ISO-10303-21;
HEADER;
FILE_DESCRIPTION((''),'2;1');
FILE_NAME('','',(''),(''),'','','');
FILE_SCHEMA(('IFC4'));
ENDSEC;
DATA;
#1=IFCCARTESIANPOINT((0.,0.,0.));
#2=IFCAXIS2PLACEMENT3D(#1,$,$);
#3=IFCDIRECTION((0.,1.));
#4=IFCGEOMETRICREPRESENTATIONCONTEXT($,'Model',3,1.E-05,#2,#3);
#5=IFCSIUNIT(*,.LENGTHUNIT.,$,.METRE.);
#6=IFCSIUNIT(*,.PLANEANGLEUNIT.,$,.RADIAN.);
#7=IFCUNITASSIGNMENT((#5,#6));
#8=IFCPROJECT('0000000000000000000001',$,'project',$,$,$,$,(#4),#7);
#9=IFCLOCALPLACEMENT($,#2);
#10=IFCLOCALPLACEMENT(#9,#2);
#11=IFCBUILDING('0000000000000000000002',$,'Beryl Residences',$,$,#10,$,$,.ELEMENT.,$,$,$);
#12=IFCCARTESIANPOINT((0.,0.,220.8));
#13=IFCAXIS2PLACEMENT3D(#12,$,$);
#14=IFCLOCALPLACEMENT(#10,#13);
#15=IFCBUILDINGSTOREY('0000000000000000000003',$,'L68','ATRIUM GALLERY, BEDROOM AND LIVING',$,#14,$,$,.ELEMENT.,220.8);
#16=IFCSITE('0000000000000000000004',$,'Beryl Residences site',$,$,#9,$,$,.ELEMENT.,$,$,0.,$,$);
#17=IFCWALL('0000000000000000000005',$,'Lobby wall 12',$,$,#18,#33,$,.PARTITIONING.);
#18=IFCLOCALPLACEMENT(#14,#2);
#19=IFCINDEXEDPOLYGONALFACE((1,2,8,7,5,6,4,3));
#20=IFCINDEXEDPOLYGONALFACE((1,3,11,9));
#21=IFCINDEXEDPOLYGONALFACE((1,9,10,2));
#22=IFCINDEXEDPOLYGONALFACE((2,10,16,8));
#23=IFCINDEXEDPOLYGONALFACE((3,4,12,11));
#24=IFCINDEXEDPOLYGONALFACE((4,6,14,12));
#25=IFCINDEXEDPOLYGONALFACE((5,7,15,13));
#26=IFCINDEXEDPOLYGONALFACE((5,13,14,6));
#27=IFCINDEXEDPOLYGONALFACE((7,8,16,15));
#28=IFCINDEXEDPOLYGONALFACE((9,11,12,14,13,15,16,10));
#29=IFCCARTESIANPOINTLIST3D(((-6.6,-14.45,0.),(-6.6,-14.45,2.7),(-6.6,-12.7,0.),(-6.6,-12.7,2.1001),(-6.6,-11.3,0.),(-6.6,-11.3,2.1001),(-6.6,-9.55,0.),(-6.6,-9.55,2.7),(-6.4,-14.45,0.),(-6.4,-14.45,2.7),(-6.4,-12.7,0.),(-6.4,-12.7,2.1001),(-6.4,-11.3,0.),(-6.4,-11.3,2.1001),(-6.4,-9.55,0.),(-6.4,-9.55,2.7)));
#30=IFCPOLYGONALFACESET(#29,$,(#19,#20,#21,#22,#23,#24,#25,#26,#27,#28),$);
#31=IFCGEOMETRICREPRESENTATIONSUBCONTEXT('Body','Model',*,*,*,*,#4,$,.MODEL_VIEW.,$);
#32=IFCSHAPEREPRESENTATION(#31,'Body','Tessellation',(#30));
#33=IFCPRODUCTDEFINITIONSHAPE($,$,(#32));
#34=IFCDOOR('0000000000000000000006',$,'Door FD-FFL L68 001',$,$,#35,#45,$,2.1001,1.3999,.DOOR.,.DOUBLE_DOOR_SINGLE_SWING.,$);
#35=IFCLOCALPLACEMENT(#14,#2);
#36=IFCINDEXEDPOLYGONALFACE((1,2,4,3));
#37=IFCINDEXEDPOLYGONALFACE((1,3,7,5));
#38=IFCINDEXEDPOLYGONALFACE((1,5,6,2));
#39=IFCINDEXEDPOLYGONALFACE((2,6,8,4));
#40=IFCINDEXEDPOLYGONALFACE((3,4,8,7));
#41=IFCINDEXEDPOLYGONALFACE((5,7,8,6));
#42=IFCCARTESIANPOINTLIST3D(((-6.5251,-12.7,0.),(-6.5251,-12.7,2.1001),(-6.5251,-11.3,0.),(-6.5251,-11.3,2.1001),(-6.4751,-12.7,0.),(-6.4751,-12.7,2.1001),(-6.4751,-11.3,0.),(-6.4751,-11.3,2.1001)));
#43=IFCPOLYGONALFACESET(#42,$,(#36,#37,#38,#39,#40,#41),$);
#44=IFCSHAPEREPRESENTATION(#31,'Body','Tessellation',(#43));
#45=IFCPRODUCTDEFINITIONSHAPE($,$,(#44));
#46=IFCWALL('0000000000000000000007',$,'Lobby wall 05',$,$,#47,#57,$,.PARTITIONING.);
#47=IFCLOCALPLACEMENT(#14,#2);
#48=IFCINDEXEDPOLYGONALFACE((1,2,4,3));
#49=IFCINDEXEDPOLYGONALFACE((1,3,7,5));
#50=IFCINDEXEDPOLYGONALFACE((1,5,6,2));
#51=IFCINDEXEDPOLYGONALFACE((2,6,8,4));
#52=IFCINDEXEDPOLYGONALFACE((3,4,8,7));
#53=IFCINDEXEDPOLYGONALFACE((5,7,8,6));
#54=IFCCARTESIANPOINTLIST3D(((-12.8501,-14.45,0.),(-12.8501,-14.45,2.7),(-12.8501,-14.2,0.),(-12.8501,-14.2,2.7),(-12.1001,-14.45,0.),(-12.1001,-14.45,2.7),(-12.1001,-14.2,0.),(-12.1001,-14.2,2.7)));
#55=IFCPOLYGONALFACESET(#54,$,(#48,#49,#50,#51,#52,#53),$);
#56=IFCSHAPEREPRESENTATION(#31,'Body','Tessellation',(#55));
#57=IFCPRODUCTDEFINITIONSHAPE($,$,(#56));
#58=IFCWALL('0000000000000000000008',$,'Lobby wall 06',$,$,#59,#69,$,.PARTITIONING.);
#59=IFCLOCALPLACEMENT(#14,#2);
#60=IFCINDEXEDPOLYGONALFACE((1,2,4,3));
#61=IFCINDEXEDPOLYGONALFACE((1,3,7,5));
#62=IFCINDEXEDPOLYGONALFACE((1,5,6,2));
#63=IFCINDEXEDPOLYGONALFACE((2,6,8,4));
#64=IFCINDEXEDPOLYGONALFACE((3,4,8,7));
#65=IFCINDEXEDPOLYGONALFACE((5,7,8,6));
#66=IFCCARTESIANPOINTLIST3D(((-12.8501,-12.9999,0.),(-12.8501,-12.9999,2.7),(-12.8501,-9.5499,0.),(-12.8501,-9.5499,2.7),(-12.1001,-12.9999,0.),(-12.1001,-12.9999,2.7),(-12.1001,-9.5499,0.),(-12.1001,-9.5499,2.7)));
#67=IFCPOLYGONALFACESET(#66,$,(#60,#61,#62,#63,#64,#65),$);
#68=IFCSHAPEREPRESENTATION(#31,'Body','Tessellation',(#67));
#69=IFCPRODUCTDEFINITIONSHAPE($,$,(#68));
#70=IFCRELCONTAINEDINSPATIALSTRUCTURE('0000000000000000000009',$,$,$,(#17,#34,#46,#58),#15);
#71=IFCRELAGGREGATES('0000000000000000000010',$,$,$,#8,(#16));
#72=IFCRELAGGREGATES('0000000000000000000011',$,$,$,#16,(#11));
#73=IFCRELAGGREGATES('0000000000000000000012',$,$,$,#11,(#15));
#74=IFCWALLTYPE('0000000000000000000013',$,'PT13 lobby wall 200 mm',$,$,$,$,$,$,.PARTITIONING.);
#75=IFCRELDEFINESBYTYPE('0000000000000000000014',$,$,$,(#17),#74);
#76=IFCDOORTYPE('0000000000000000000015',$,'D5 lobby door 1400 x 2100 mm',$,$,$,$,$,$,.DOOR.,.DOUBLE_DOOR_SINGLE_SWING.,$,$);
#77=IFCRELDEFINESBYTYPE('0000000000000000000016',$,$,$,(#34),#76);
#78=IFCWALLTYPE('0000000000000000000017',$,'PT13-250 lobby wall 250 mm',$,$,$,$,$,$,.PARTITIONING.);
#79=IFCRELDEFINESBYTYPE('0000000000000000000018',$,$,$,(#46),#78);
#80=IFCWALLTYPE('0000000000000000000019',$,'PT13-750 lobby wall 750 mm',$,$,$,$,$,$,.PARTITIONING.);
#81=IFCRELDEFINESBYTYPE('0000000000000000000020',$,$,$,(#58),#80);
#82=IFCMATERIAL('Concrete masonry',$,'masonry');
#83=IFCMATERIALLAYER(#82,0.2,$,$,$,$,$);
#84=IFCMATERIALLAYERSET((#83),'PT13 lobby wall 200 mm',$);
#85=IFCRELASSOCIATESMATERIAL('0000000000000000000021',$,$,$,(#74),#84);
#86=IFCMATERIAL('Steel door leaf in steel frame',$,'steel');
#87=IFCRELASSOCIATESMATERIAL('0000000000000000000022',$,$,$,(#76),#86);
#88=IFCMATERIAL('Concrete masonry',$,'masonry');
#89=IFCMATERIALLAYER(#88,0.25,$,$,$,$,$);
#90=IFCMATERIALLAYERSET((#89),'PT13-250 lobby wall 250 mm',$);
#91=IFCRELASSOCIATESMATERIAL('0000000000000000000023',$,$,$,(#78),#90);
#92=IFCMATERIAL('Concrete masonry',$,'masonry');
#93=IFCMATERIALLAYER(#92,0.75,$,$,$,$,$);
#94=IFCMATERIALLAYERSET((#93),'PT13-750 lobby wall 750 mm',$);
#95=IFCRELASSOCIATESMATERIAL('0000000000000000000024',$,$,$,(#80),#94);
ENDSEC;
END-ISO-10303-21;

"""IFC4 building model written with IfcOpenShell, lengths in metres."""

from ifc_helpers import new_model, si_unit, direction, frame, frame_2d, origin, place, context, subcontext, project, spatial, rectangle, extrude, material, layer, layer_set, type_object, element, fill, save


model = new_model("IFC4")

# Units and contexts
model_context = context("Model", 3, precision=1e-05, world=origin(), true_north=direction((0.0, 1.0)))
body_context = subcontext(model_context, "Body", "Model", "MODEL_VIEW")
ifc_project = project(units=[si_unit("LENGTHUNIT", "METRE"), si_unit("PLANEANGLEUNIT", "RADIAN")], contexts=[model_context])

# Site, building, storey
site_placement = place(None, origin())
site = spatial("IfcSite", under=ifc_project, at=site_placement, Name="Beryl Residences site", CompositionType="ELEMENT", RefElevation=0.0)
building_placement = place(site_placement, origin())
building = spatial("IfcBuilding", under=site, at=building_placement, Name="Beryl Residences", CompositionType="ELEMENT")
storey_placement = place(building_placement, frame((0.0, 0.0, 220.8)))
storey = spatial("IfcBuildingStorey", under=building, at=storey_placement, Name="L68", Description="ATRIUM GALLERY, BEDROOM AND LIVING", CompositionType="ELEMENT", Elevation=220.8)

# Wall, opening, door
ifc_material_1 = material(Name="Concrete masonry", Category="masonry")
ifc_layer_1 = layer(ifc_material_1, 0.2)
ifc_layer_set_1 = layer_set([ifc_layer_1], Name="PT13 lobby wall 200 mm")
wall_type_1 = type_object("IfcWallType", Name="PT13 lobby wall 200 mm", PredefinedType="PARTITIONING", material=ifc_layer_set_1)
wall_1_placement = place(storey_placement, frame((-6.5, -14.45, 0.0), z_axis=(0.0, 0.0, 1.0), x_axis=(0.0, 1.0, 0.0)))
wall_1 = element("IfcWall", 1, at=wall_1_placement, inside=storey, type_object=wall_type_1, Name="Lobby wall 12", PredefinedType="PARTITIONING", context=body_context, shape_type="SweptSolid", body=[
    extrude(rectangle(XDim=4.8999, YDim=0.2, at=frame_2d((2.45, 0.0))), origin(), (0.0, 0.0, 1.0), 2.7),
])
opening_1_placement = place(wall_1_placement, frame((3.1499, 0.0, 0.0), z_axis=(0.0, 0.0, 1.0), x_axis=(-1.0, 0.0, 0.0)))
opening_1 = element("IfcOpeningElement", 2, at=opening_1_placement, cuts=wall_1, PredefinedType="OPENING", context=body_context, shape_type="SweptSolid", body=[
    extrude(rectangle(XDim=1.3999, YDim=2.1001, at=frame_2d((0.7, 1.05))), frame((0.0, 0.1099, 0.0), z_axis=(0.0, -1.0, 0.0), x_axis=(1.0, 0.0, 0.0)), (0.0, 0.0, 1.0), 0.22),
])
ifc_material_2 = material(Name="Steel door leaf in steel frame", Category="steel")
door_type_1 = type_object("IfcDoorType", Name="D5 lobby door 1400 x 2100 mm", OperationType="DOUBLE_DOOR_SINGLE_SWING", PredefinedType="DOOR", material=ifc_material_2)
door_1_placement = place(opening_1_placement, origin())
door_1 = element("IfcDoor", 3, at=door_1_placement, inside=storey, type_object=door_type_1, Name="Door FD-FFL L68 001", OperationType="DOUBLE_DOOR_SINGLE_SWING", OverallHeight=2.1001, OverallWidth=1.3999, PredefinedType="DOOR", context=body_context, shape_type="SweptSolid", body=[
    extrude(rectangle(XDim=1.3999, YDim=2.1001, at=frame_2d((0.7, 1.05))), frame((0.0, 0.0249, 0.0), z_axis=(0.0, -1.0, 0.0), x_axis=(1.0, 0.0, 0.0)), (0.0, 0.0, 1.0), 0.05),
])
fill(opening_1, door_1)

# Walls
ifc_material_3 = material(Name="Concrete masonry", Category="masonry")
ifc_layer_2 = layer(ifc_material_3, 0.25)
ifc_layer_set_2 = layer_set([ifc_layer_2], Name="PT13-250 lobby wall 250 mm")
wall_type_2 = type_object("IfcWallType", Name="PT13-250 lobby wall 250 mm", PredefinedType="PARTITIONING", material=ifc_layer_set_2)
wall_2_placement = place(storey_placement, frame((-12.8501, -14.325, 0.0), z_axis=(0.0, 0.0, 1.0), x_axis=(1.0, 0.0, 0.0)))
element("IfcWall", 4, at=wall_2_placement, inside=storey, type_object=wall_type_2, Name="Lobby wall 05", PredefinedType="PARTITIONING", context=body_context, shape_type="SweptSolid", body=[
    extrude(rectangle(XDim=0.75, YDim=0.25, at=frame_2d((0.375, 0.0))), origin(), (0.0, 0.0, 1.0), 2.7),
])
ifc_material_4 = material(Name="Concrete masonry", Category="masonry")
ifc_layer_3 = layer(ifc_material_4, 0.75)
ifc_layer_set_3 = layer_set([ifc_layer_3], Name="PT13-750 lobby wall 750 mm")
wall_type_3 = type_object("IfcWallType", Name="PT13-750 lobby wall 750 mm", PredefinedType="PARTITIONING", material=ifc_layer_set_3)
wall_3_placement = place(storey_placement, frame((-12.4751, -13.0, 0.0), z_axis=(0.0, 0.0, 1.0), x_axis=(0.0, 1.0, 0.0)))
element("IfcWall", 5, at=wall_3_placement, inside=storey, type_object=wall_type_3, Name="Lobby wall 06", PredefinedType="PARTITIONING", context=body_context, shape_type="SweptSolid", body=[
    extrude(rectangle(XDim=3.45, YDim=0.75, at=frame_2d((1.7251, 0.0))), origin(), (0.0, 0.0, 1.0), 2.7),
])

save(model, "model.ifc")
